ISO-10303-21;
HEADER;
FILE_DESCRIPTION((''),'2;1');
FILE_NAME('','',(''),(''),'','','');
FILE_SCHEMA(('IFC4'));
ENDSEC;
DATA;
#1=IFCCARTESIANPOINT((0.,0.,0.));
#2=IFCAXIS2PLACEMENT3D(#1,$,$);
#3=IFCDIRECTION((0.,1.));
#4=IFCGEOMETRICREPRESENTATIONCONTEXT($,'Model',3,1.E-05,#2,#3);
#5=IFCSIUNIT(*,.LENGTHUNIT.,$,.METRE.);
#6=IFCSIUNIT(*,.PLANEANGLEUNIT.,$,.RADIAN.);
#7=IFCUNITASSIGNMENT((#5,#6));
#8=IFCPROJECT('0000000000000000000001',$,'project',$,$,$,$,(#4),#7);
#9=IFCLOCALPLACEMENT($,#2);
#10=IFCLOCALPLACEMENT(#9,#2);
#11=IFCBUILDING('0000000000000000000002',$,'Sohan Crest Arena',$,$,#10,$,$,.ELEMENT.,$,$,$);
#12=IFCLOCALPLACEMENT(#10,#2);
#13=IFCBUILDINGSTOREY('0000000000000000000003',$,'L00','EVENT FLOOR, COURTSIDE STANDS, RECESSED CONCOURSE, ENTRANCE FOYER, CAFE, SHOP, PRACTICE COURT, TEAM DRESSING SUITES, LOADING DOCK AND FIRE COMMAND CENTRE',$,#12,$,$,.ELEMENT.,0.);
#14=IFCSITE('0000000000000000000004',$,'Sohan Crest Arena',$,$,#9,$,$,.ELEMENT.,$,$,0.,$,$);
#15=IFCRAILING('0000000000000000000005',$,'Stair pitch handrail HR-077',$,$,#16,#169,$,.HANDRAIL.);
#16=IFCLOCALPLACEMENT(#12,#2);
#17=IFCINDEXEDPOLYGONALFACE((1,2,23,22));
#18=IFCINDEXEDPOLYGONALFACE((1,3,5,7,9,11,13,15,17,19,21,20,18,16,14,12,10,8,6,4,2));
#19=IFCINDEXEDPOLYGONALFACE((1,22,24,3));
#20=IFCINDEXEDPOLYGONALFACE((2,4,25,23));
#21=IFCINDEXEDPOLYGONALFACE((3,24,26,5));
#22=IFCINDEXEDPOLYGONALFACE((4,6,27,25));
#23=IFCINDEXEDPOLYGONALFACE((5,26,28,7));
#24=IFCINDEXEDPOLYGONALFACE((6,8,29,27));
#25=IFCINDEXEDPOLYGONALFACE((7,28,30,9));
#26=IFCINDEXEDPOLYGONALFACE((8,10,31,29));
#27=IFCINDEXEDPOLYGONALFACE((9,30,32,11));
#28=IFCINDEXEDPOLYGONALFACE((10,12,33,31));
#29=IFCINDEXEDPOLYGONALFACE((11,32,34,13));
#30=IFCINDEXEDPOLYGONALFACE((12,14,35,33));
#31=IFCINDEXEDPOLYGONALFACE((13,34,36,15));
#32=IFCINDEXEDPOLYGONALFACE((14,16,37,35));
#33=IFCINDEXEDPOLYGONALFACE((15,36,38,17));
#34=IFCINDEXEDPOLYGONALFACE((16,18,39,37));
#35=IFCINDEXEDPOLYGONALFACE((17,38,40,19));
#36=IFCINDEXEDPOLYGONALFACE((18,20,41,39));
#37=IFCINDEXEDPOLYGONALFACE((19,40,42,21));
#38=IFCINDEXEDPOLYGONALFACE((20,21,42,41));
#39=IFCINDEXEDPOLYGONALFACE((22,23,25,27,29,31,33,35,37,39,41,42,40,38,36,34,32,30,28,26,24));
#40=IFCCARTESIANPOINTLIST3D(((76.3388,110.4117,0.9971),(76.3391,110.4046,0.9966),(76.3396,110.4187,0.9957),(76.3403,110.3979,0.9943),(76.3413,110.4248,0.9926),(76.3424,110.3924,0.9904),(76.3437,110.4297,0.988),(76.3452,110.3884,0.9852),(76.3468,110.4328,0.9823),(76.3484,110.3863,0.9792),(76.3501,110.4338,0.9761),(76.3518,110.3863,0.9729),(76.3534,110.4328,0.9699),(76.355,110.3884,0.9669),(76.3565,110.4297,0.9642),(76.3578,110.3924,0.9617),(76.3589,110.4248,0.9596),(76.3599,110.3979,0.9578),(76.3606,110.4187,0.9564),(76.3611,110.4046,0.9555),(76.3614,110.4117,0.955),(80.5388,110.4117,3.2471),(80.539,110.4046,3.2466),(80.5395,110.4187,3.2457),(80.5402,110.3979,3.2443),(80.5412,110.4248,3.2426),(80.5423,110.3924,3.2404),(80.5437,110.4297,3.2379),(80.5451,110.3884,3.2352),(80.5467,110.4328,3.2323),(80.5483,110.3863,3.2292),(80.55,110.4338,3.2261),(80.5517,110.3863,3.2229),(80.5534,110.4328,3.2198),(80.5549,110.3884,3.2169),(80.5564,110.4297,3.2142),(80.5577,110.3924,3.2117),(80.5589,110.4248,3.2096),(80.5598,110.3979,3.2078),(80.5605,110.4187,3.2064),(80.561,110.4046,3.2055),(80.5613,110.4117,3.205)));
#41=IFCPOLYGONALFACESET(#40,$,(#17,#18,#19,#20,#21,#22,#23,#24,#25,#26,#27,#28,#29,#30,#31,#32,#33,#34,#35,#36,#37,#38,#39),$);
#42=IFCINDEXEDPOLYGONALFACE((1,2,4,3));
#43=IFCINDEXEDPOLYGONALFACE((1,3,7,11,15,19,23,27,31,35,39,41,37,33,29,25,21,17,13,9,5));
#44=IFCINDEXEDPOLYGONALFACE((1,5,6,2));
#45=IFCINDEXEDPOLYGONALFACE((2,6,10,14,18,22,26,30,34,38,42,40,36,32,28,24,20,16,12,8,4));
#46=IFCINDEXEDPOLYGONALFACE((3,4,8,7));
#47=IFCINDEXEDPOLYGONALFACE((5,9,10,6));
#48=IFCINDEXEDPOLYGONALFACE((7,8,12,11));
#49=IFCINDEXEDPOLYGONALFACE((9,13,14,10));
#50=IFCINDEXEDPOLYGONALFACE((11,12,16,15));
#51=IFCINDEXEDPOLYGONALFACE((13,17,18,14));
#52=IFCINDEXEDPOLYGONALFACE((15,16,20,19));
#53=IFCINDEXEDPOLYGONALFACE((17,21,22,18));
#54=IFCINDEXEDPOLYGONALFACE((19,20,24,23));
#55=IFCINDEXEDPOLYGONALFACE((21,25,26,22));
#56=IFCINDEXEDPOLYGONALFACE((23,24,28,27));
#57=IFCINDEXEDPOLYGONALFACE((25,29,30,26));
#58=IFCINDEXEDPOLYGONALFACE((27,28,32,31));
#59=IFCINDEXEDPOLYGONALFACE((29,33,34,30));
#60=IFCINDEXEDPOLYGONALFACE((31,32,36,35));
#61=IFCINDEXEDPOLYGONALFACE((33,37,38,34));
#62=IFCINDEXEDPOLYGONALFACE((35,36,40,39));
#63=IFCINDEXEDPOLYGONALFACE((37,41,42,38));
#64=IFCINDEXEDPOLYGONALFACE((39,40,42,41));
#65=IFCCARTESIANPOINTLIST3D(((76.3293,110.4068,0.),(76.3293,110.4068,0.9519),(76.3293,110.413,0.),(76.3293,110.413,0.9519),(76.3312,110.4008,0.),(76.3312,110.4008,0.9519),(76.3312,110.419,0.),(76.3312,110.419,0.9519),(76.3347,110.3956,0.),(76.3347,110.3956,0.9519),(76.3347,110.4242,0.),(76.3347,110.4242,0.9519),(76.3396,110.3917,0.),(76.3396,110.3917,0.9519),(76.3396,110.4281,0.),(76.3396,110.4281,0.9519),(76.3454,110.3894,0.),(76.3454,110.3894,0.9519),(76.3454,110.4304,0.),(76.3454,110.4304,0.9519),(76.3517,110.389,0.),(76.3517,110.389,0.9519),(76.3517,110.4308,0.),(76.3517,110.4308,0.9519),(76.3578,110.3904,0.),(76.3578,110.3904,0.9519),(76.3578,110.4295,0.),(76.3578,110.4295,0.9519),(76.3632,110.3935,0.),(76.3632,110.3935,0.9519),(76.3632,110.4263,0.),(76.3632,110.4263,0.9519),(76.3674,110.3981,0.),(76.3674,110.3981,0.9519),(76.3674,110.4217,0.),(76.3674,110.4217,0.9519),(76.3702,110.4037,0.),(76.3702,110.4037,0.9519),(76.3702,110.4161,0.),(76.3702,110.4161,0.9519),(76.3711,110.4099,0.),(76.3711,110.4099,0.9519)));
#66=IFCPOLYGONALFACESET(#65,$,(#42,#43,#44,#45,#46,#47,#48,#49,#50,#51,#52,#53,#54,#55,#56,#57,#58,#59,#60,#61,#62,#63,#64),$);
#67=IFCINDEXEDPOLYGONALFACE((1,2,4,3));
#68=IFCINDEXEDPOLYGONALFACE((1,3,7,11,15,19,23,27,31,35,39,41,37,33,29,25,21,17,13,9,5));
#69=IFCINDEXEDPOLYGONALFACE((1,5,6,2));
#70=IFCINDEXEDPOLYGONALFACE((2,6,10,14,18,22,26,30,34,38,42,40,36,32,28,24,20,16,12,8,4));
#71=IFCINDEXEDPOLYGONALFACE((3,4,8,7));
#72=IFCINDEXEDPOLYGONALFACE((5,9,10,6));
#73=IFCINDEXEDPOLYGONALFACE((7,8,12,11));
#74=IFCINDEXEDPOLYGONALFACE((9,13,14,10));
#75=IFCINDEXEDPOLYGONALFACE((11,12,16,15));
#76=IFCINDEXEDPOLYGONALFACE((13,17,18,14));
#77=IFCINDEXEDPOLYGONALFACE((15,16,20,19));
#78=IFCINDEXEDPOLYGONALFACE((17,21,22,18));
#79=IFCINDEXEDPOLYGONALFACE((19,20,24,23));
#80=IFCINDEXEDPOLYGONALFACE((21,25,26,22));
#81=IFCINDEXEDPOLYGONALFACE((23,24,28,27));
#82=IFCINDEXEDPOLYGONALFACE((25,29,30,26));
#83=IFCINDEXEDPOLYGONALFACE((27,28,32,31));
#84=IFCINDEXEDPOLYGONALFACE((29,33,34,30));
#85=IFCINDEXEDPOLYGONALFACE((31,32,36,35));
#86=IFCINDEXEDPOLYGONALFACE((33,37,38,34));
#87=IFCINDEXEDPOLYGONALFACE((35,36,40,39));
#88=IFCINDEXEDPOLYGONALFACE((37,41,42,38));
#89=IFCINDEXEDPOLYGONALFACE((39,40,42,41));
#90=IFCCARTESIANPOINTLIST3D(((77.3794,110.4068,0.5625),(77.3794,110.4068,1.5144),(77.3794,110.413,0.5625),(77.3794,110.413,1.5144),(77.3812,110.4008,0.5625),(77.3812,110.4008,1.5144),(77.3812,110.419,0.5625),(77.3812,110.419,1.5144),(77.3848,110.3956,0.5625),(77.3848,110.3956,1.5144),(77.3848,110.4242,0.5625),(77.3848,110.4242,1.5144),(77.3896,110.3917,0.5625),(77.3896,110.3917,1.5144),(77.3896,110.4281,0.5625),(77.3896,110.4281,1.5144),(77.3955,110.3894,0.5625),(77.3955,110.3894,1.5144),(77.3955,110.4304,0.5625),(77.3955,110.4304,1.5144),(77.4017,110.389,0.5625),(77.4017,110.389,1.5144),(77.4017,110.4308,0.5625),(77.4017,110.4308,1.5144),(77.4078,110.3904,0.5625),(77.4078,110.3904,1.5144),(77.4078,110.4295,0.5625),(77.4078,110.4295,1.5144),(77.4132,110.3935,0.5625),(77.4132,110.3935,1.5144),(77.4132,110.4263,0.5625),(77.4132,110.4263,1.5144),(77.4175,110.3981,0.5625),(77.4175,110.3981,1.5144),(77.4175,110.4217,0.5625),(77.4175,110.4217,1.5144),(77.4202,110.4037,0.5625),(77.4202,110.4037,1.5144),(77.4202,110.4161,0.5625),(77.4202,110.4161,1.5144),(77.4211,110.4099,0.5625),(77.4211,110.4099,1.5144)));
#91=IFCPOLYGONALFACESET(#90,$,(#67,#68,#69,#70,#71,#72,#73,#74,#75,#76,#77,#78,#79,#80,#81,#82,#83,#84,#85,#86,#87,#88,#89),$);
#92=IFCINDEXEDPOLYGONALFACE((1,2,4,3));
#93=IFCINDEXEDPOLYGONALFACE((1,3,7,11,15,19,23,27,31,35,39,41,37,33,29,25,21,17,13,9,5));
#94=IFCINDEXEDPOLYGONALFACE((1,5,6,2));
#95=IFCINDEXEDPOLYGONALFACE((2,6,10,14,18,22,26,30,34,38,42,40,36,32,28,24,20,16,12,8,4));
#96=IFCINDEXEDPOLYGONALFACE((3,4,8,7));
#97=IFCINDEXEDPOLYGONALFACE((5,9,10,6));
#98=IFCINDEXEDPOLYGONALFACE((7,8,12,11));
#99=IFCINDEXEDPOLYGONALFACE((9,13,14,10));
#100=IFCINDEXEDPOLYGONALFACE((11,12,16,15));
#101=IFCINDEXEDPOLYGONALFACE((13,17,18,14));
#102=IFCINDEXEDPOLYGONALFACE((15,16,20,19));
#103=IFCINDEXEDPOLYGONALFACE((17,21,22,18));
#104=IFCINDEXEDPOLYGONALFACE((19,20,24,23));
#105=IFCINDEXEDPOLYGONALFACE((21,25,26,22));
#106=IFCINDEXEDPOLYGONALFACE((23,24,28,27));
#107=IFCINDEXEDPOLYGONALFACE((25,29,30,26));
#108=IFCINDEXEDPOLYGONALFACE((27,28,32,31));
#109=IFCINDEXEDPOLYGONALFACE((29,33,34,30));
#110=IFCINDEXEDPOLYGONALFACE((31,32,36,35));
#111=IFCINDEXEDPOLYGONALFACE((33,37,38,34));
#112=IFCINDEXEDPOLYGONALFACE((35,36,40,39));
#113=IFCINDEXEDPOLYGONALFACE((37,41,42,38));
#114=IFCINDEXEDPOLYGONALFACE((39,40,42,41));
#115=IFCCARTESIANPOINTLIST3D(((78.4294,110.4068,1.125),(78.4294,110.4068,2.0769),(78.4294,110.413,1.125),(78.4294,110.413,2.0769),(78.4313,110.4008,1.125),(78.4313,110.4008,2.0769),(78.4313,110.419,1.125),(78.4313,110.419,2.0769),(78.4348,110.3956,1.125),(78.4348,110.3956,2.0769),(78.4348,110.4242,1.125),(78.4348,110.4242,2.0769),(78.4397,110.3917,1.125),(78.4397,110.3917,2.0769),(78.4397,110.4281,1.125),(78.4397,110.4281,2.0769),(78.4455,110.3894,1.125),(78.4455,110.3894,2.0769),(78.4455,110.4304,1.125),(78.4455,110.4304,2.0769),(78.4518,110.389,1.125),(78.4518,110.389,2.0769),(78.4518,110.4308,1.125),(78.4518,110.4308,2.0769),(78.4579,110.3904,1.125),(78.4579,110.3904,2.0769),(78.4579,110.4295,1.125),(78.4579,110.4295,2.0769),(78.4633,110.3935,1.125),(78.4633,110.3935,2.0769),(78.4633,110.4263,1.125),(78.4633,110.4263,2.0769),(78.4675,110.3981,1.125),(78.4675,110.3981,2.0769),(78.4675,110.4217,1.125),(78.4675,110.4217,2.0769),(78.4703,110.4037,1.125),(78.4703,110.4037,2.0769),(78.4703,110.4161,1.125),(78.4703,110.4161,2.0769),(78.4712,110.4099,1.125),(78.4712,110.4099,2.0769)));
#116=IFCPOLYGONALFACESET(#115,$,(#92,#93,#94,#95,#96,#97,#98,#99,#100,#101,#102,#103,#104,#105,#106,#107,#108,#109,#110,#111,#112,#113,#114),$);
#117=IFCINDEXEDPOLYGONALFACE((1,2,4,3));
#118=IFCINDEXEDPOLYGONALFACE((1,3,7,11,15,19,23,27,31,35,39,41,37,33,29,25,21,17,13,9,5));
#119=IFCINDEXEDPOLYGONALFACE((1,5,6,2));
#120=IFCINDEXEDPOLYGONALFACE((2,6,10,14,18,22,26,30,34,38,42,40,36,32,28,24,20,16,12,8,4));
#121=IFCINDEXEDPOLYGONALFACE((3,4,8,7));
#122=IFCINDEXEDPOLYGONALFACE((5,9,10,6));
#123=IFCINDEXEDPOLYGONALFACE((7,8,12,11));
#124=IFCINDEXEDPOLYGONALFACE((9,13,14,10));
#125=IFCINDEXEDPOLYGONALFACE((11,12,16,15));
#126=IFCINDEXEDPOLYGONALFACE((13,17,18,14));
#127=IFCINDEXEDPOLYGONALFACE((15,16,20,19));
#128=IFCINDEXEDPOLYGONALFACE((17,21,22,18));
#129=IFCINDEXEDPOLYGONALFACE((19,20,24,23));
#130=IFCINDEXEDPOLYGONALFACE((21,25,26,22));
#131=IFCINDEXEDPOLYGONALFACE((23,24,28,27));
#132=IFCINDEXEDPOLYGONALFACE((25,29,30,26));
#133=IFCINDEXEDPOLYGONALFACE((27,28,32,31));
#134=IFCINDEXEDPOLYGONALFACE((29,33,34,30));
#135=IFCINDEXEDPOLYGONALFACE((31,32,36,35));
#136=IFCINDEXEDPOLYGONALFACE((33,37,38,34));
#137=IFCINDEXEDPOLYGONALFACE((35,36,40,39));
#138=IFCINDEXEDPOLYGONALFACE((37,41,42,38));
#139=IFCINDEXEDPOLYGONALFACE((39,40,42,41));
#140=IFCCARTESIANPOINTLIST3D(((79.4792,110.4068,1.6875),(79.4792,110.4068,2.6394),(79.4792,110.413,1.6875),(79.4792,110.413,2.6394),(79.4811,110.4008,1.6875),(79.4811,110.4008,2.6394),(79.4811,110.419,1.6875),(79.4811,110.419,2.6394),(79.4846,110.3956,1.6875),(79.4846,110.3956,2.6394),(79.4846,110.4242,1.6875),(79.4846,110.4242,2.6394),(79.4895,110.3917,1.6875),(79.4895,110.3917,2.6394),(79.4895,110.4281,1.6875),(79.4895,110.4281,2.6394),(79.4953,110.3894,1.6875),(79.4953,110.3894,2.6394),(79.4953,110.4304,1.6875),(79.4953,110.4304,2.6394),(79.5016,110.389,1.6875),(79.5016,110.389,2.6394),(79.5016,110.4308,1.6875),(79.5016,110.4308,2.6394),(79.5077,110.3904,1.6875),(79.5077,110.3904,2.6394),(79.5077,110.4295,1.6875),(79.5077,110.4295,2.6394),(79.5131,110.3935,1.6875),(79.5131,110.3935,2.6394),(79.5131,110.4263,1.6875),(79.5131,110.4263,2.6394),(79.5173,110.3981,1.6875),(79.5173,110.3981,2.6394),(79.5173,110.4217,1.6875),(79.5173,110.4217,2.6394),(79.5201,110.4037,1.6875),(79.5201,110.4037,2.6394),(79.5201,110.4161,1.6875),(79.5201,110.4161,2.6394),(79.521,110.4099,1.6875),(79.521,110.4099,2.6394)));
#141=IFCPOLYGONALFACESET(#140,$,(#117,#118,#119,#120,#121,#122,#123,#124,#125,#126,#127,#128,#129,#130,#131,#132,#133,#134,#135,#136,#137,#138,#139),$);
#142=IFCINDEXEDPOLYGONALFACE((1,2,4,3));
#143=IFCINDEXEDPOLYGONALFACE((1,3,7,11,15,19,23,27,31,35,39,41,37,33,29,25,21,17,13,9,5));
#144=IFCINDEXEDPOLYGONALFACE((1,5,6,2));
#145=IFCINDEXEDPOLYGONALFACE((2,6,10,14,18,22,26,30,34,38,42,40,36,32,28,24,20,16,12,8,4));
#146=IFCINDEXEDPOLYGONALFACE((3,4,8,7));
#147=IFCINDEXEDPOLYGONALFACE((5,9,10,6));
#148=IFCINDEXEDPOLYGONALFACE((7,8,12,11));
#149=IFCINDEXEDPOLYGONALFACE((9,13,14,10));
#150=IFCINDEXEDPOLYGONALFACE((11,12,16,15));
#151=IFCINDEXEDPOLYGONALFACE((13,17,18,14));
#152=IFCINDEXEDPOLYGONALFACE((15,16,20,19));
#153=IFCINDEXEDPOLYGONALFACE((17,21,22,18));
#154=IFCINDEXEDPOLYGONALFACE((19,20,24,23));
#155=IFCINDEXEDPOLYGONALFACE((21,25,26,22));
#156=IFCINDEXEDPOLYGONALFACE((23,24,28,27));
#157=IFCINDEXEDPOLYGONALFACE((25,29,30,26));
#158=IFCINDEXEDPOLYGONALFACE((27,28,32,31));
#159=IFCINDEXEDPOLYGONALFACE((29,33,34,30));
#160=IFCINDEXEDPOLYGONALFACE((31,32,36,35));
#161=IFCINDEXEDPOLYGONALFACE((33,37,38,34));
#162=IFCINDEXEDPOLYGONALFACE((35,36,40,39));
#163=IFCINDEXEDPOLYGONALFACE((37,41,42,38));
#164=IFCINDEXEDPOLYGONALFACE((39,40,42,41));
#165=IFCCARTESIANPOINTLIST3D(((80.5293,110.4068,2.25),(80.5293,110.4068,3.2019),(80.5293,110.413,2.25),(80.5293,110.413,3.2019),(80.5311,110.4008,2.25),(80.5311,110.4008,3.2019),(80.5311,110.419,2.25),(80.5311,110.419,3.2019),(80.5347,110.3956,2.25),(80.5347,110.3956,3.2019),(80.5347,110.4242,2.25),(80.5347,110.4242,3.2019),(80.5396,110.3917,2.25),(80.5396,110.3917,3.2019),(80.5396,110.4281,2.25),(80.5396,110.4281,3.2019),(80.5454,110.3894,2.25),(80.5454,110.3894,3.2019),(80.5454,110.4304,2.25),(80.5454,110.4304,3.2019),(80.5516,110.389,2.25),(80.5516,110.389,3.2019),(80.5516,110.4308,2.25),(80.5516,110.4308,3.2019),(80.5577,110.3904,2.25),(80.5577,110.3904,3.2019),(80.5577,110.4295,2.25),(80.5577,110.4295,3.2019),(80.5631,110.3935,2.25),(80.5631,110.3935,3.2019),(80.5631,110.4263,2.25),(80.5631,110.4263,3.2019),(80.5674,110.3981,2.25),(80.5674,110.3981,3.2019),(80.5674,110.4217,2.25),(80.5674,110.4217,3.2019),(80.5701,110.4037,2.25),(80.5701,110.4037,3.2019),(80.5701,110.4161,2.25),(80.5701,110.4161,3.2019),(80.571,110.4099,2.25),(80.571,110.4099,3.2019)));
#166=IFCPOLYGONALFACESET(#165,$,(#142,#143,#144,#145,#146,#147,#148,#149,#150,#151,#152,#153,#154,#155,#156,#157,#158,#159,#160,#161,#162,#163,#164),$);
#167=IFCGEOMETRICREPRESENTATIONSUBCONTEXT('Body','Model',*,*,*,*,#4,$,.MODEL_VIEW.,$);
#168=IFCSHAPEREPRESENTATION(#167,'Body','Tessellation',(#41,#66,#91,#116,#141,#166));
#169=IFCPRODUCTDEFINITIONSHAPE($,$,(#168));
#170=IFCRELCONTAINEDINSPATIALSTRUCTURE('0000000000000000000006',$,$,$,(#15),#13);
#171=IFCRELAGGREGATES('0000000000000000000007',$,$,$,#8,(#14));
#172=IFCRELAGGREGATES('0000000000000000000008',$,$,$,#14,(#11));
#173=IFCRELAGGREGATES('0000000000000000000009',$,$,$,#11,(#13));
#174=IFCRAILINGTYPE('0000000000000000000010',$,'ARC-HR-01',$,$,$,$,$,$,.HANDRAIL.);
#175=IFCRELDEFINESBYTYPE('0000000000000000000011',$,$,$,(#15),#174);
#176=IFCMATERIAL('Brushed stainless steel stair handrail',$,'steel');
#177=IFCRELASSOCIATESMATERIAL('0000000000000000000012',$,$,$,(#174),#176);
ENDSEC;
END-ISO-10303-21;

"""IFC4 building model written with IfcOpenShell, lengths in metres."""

from ifc_helpers import new_model, si_unit, direction, frame, origin, origin_2d, place, context, subcontext, project, spatial, circle, extrude, material, type_object, element, save


model = new_model("IFC4")

# Units and contexts
model_context = context("Model", 3, precision=1e-05, world=origin(), true_north=direction((0.0, 1.0)))
body_context = subcontext(model_context, "Body", "Model", "MODEL_VIEW")
ifc_project = project(units=[si_unit("LENGTHUNIT", "METRE"), si_unit("PLANEANGLEUNIT", "RADIAN")], contexts=[model_context])

# Site, building, storey
site_placement = place(None, origin())
site = spatial("IfcSite", under=ifc_project, at=site_placement, Name="Sohan Crest Arena", CompositionType="ELEMENT", RefElevation=0.0)
building_placement = place(site_placement, origin())
building = spatial("IfcBuilding", under=site, at=building_placement, Name="Sohan Crest Arena", CompositionType="ELEMENT")
storey_placement = place(building_placement, origin())
storey = spatial("IfcBuildingStorey", under=building, at=storey_placement, Name="L00", Description="EVENT FLOOR, COURTSIDE STANDS, RECESSED CONCOURSE, ENTRANCE FOYER, CAFE, SHOP, PRACTICE COURT, TEAM DRESSING SUITES, LOADING DOCK AND FIRE COMMAND CENTRE", CompositionType="ELEMENT", Elevation=0.0)

# Railing
ifc_material_1 = material(Name="Brushed stainless steel stair handrail", Category="steel")
railing_type = type_object("IfcRailingType", Name="ARC-HR-01", PredefinedType="HANDRAIL", material=ifc_material_1)
railing_placement = place(storey_placement, frame((76.3501, 110.4099, 0.0)))
element("IfcRailing", 1, at=railing_placement, inside=storey, type_object=railing_type, Name="Stair pitch handrail HR-077", PredefinedType="HANDRAIL", context=body_context, shape_type="SweptSolid", body=[
    extrude(circle(Radius=0.0239, at=origin_2d()), frame((0.0, 0.0, 0.9761), z_axis=(0.881478, 0.0, 0.472226), x_axis=(0.0, 1.0, 0.0)), (0.0, 0.0, 1.0), 4.7646),
    extrude(circle(Radius=0.021, at=origin_2d()), origin(), (0.0, 0.0, 1.0), 0.9519),
    extrude(circle(Radius=0.021, at=origin_2d()), frame((1.05, 0.0, 0.5625)), (0.0, 0.0, 1.0), 0.9519),
    extrude(circle(Radius=0.021, at=origin_2d()), frame((2.1001, 0.0, 1.125)), (0.0, 0.0, 1.0), 0.9519),
    extrude(circle(Radius=0.021, at=origin_2d()), frame((3.1499, 0.0, 1.6875)), (0.0, 0.0, 1.0), 0.9519),
    extrude(circle(Radius=0.021, at=origin_2d()), frame((4.2, 0.0, 2.25)), (0.0, 0.0, 1.0), 0.9519),
])

save(model, "model.ifc")
